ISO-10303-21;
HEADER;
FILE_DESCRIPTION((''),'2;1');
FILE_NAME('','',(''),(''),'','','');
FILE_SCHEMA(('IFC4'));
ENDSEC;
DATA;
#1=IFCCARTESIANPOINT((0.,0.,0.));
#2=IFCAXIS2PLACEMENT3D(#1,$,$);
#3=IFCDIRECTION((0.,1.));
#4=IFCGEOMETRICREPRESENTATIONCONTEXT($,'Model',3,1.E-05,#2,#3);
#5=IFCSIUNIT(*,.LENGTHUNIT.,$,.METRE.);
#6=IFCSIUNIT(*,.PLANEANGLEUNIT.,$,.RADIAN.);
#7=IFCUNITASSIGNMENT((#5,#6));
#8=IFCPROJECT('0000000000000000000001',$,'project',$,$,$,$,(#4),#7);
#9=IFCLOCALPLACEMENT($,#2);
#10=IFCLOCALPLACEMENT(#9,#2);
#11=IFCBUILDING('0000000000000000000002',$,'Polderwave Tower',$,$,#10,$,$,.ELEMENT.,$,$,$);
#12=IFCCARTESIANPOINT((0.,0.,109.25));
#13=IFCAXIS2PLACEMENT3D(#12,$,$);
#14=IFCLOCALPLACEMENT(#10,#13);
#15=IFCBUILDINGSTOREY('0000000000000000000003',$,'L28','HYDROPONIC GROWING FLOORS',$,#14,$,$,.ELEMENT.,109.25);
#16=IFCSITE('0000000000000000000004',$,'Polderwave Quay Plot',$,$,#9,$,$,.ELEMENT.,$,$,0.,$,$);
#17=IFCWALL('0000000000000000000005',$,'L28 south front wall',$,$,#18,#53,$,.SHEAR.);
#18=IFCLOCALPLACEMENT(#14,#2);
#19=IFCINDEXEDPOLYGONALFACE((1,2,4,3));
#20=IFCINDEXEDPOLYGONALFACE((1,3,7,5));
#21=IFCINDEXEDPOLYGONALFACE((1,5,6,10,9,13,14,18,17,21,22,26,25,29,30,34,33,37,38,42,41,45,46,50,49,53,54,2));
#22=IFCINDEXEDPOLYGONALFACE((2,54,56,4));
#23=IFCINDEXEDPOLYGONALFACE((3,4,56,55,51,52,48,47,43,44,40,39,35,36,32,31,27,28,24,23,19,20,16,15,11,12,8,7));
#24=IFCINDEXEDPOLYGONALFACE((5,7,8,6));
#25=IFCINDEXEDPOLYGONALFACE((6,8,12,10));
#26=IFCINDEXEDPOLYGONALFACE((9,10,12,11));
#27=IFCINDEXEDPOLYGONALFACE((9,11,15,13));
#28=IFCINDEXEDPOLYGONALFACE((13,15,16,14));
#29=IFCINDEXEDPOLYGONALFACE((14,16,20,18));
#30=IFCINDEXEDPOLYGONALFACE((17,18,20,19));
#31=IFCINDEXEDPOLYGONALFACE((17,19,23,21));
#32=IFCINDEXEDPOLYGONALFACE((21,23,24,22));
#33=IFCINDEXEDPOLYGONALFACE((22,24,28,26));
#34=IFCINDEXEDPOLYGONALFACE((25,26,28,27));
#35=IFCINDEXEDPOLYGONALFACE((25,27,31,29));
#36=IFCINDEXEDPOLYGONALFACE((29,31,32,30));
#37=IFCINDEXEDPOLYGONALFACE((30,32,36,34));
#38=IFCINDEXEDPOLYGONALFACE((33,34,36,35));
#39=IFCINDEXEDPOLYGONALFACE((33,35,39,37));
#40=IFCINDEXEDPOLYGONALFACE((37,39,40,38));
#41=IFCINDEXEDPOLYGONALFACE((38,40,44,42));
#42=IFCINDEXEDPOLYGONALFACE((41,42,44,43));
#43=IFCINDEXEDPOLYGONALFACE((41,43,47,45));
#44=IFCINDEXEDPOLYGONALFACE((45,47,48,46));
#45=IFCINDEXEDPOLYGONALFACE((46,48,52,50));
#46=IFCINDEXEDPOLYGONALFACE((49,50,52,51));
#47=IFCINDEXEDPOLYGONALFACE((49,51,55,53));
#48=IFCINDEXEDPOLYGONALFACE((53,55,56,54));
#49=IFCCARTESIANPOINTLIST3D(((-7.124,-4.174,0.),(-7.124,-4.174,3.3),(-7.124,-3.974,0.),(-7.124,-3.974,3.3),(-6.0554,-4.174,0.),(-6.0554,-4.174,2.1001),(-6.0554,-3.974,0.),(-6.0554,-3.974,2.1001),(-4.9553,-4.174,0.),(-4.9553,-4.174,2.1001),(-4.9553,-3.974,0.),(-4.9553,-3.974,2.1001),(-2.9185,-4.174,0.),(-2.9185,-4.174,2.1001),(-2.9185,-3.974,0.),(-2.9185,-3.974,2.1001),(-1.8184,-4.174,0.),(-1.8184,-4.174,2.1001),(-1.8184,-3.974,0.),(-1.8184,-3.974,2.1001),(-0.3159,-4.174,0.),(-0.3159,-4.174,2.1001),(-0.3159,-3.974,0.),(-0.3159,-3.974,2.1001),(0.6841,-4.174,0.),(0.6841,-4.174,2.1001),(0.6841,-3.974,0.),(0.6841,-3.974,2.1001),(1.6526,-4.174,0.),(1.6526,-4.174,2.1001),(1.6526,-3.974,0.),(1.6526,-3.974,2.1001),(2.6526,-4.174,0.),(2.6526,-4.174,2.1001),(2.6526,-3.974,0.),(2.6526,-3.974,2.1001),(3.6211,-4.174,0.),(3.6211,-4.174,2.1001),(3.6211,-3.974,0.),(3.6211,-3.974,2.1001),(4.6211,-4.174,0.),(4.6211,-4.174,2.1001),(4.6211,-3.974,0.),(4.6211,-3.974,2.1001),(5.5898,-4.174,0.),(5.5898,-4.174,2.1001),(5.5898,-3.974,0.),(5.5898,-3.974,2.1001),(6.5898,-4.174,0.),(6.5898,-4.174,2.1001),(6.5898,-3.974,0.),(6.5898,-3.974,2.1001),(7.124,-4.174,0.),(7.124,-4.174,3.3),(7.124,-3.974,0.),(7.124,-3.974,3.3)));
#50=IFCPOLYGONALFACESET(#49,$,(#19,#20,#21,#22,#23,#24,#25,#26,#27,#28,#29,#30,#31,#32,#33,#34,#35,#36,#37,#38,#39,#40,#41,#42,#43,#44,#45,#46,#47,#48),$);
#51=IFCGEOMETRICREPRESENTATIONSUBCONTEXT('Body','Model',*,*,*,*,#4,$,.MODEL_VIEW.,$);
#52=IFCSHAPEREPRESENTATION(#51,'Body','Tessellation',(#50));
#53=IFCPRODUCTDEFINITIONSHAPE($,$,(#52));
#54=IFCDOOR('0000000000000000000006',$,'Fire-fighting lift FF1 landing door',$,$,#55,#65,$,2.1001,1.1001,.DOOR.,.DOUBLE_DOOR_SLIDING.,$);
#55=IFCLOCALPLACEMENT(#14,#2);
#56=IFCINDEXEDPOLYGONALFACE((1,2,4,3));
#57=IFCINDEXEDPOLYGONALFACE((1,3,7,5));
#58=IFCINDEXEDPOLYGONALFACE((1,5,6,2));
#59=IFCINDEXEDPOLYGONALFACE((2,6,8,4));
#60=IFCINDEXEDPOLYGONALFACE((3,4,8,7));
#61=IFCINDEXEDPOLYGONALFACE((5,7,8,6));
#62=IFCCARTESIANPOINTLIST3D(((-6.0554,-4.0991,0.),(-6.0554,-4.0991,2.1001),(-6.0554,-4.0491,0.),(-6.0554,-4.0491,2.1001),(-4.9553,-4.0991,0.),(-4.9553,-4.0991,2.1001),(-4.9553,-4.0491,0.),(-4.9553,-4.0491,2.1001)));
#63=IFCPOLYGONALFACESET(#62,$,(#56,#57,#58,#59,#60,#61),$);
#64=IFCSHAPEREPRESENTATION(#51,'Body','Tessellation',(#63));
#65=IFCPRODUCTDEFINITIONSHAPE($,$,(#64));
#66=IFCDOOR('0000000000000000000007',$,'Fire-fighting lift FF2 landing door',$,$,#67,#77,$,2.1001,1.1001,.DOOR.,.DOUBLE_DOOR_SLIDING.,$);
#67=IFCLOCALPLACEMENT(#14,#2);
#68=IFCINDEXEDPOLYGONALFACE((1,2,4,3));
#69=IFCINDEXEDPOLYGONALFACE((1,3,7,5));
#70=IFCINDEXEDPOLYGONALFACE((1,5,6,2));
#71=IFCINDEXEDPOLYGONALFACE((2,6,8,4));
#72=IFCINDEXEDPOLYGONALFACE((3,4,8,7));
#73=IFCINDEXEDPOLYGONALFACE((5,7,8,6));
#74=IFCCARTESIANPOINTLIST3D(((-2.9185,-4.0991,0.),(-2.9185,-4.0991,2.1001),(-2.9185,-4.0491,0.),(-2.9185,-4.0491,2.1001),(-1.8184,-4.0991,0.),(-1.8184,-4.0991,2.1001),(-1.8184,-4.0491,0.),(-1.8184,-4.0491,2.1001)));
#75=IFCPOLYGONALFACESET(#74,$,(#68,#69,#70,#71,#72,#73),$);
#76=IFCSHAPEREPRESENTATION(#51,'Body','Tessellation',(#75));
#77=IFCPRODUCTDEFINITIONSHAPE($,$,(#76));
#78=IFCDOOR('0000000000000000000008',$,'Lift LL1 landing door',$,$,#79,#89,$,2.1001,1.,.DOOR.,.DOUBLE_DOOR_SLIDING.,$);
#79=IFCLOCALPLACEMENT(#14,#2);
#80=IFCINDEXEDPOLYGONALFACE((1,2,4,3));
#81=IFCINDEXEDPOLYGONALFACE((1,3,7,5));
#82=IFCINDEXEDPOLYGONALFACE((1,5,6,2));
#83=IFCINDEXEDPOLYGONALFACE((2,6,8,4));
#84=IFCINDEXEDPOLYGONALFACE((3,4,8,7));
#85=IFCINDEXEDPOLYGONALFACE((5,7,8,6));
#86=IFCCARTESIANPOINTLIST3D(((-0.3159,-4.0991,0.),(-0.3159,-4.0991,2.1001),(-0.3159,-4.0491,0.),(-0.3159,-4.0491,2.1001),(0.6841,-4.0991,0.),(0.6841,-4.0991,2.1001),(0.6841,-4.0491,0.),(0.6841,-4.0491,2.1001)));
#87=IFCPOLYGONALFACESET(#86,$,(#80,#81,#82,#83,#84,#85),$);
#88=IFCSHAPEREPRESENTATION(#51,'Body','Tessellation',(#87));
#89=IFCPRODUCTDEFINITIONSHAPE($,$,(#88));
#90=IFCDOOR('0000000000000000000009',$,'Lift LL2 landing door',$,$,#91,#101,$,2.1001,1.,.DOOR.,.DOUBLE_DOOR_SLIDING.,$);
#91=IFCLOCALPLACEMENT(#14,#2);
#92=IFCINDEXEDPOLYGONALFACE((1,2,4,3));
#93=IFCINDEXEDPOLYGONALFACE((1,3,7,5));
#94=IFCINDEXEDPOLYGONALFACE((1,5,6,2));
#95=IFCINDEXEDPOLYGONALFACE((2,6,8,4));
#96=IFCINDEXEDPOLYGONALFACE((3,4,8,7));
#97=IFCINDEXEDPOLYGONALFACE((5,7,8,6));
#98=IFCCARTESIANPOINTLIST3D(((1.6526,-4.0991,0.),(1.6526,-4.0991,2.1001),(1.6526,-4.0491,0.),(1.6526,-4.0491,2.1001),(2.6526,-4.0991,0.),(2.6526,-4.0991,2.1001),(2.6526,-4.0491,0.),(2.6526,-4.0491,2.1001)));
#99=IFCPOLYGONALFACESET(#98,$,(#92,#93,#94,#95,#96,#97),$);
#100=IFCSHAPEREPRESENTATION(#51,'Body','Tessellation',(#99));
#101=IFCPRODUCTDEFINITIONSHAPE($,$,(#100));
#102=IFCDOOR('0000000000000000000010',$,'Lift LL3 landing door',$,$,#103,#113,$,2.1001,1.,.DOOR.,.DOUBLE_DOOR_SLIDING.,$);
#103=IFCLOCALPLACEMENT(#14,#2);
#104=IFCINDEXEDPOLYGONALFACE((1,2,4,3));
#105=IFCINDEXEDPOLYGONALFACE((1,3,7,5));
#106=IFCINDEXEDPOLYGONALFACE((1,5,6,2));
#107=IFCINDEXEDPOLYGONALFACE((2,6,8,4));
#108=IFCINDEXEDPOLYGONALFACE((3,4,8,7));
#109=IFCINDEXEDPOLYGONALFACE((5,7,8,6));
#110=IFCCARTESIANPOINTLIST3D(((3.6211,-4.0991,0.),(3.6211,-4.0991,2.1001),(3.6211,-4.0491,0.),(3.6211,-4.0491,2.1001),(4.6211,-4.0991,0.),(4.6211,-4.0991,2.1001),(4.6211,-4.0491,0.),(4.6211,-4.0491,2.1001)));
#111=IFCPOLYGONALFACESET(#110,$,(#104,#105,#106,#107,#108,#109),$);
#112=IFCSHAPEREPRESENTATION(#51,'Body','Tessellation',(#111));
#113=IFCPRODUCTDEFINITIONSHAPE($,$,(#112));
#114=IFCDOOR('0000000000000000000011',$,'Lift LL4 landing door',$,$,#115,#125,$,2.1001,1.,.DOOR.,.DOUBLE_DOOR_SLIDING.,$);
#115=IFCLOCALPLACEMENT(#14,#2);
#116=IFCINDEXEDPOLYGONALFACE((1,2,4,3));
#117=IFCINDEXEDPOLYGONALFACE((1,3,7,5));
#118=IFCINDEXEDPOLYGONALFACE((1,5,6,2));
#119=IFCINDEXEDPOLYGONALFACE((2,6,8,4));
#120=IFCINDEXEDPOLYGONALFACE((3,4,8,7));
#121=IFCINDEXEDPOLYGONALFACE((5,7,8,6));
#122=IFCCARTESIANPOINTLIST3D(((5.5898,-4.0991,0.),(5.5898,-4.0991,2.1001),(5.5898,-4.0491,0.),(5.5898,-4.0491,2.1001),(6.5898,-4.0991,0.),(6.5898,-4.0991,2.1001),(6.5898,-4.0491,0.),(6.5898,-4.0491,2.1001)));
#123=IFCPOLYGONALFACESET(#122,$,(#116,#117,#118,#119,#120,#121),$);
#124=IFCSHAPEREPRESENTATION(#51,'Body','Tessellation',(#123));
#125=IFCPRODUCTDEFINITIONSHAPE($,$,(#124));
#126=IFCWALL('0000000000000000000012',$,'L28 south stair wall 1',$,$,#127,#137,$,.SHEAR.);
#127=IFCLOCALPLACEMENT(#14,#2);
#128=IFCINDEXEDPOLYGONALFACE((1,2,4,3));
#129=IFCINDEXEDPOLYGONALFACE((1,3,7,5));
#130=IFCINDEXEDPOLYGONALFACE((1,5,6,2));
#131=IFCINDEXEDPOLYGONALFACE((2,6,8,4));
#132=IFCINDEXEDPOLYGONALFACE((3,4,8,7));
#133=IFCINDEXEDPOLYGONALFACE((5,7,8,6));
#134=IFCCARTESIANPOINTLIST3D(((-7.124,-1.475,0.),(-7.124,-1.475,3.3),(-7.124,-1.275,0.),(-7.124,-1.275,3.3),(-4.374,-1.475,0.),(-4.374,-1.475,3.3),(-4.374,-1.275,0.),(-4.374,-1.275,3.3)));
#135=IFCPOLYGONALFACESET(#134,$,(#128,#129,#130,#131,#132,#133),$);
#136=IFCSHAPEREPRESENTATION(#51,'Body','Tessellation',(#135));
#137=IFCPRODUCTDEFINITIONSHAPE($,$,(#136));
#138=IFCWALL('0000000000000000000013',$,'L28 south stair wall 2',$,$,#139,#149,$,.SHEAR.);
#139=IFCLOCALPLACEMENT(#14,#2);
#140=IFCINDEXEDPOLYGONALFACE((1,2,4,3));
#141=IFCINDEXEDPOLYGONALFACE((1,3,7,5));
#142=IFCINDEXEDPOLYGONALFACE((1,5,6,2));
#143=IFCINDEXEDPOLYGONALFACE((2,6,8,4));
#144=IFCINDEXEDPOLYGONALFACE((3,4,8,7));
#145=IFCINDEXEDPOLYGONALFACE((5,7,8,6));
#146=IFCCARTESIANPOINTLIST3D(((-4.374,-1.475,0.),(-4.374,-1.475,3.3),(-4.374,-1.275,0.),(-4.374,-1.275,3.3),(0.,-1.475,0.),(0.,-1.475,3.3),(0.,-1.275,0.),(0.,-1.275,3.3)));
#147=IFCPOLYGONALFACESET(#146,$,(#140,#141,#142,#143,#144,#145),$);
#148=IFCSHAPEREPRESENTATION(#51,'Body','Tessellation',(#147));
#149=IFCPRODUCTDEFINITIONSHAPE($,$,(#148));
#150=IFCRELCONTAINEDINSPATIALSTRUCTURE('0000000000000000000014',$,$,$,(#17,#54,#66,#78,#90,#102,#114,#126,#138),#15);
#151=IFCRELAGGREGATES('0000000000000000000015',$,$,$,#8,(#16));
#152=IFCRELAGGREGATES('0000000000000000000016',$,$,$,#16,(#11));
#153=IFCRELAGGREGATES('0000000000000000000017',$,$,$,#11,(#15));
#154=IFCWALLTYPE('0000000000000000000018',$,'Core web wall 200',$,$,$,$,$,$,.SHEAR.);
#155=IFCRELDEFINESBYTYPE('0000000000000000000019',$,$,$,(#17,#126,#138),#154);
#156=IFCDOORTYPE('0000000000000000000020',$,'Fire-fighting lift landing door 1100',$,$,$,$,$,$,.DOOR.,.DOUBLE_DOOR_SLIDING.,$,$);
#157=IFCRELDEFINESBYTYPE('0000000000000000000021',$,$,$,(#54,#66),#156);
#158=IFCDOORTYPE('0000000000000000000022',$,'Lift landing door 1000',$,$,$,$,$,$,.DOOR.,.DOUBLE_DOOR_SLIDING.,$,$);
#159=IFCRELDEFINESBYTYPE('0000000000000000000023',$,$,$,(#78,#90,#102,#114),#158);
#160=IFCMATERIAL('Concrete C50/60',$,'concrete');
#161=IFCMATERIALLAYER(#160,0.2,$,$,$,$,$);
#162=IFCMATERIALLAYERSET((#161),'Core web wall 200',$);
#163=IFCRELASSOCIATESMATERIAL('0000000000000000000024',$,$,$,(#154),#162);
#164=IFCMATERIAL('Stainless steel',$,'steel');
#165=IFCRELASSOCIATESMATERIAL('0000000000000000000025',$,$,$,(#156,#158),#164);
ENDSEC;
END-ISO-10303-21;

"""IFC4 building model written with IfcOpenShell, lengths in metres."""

from ifc_helpers import new_model, si_unit, direction, frame, frame_2d, origin, place, context, subcontext, project, spatial, rectangle, extrude, material, layer, layer_set, type_object, element, fill, save


model = new_model("IFC4")

# Units and contexts
model_context = context("Model", 3, precision=1e-05, world=origin(), true_north=direction((0.0, 1.0)))
body_context = subcontext(model_context, "Body", "Model", "MODEL_VIEW")
ifc_project = project(units=[si_unit("LENGTHUNIT", "METRE"), si_unit("PLANEANGLEUNIT", "RADIAN")], contexts=[model_context])

# Site, building, storey
site_placement = place(None, origin())
site = spatial("IfcSite", under=ifc_project, at=site_placement, Name="Polderwave Quay Plot", CompositionType="ELEMENT", RefElevation=0.0)
building_placement = place(site_placement, origin())
building = spatial("IfcBuilding", under=site, at=building_placement, Name="Polderwave Tower", CompositionType="ELEMENT")
storey_placement = place(building_placement, frame((0.0, 0.0, 109.25)))
storey = spatial("IfcBuildingStorey", under=building, at=storey_placement, Name="L28", Description="HYDROPONIC GROWING FLOORS", CompositionType="ELEMENT", Elevation=109.25)

# Wall, openings, doors
ifc_material_1 = material(Name="Concrete C50/60", Category="concrete")
ifc_layer_1 = layer(ifc_material_1, 0.2)
ifc_layer_set_1 = layer_set([ifc_layer_1], Name="Core web wall 200")
wall_type_1 = type_object("IfcWallType", Name="Core web wall 200", PredefinedType="SHEAR", material=ifc_layer_set_1)
wall_1_placement = place(storey_placement, frame((-7.124, -4.074, 0.0), z_axis=(0.0, 0.0, 1.0), x_axis=(1.0, 0.0, 0.0)))
wall_1 = element("IfcWall", 1, at=wall_1_placement, inside=storey, type_object=wall_type_1, Name="L28 south front wall", PredefinedType="SHEAR", context=body_context, shape_type="SweptSolid", body=[
    extrude(rectangle(XDim=14.248, YDim=0.2, at=frame_2d((7.124, 0.0))), origin(), (0.0, 0.0, 1.0), 3.3),
])
opening_1_placement = place(wall_1_placement, frame((1.0686, 0.0, 0.0)))
opening_1 = element("IfcOpeningElement", 2, at=opening_1_placement, cuts=wall_1, PredefinedType="OPENING", context=body_context, shape_type="SweptSolid", body=[
    extrude(rectangle(XDim=1.1001, YDim=2.1001, at=frame_2d((0.55, 1.05))), frame((0.0, 0.1099, 0.0), z_axis=(0.0, -1.0, 0.0), x_axis=(1.0, 0.0, 0.0)), (0.0, 0.0, 1.0), 0.22),
])
opening_2_placement = place(wall_1_placement, frame((4.2056, 0.0, 0.0)))
opening_2 = element("IfcOpeningElement", 3, at=opening_2_placement, cuts=wall_1, PredefinedType="OPENING", context=body_context, shape_type="SweptSolid", body=[
    extrude(rectangle(XDim=1.1001, YDim=2.1001, at=frame_2d((0.55, 1.05))), frame((0.0, 0.1099, 0.0), z_axis=(0.0, -1.0, 0.0), x_axis=(1.0, 0.0, 0.0)), (0.0, 0.0, 1.0), 0.22),
])
opening_3_placement = place(wall_1_placement, frame((6.8081, 0.0, 0.0)))
opening_3 = element("IfcOpeningElement", 4, at=opening_3_placement, cuts=wall_1, PredefinedType="OPENING", context=body_context, shape_type="SweptSolid", body=[
    extrude(rectangle(XDim=1.0, YDim=2.1001, at=frame_2d((0.5, 1.05))), frame((0.0, 0.1099, 0.0), z_axis=(0.0, -1.0, 0.0), x_axis=(1.0, 0.0, 0.0)), (0.0, 0.0, 1.0), 0.22),
])
opening_4_placement = place(wall_1_placement, frame((8.7766, 0.0, 0.0)))
opening_4 = element("IfcOpeningElement", 5, at=opening_4_placement, cuts=wall_1, PredefinedType="OPENING", context=body_context, shape_type="SweptSolid", body=[
    extrude(rectangle(XDim=1.0, YDim=2.1001, at=frame_2d((0.5, 1.05))), frame((0.0, 0.1099, 0.0), z_axis=(0.0, -1.0, 0.0), x_axis=(1.0, 0.0, 0.0)), (0.0, 0.0, 1.0), 0.22),
])
opening_5_placement = place(wall_1_placement, frame((10.7451, 0.0, 0.0)))
opening_5 = element("IfcOpeningElement", 6, at=opening_5_placement, cuts=wall_1, PredefinedType="OPENING", context=body_context, shape_type="SweptSolid", body=[
    extrude(rectangle(XDim=1.0, YDim=2.1001, at=frame_2d((0.5, 1.05))), frame((0.0, 0.1099, 0.0), z_axis=(0.0, -1.0, 0.0), x_axis=(1.0, 0.0, 0.0)), (0.0, 0.0, 1.0), 0.22),
])
opening_6_placement = place(wall_1_placement, frame((12.7139, 0.0, 0.0)))
opening_6 = element("IfcOpeningElement", 7, at=opening_6_placement, cuts=wall_1, PredefinedType="OPENING", context=body_context, shape_type="SweptSolid", body=[
    extrude(rectangle(XDim=1.0, YDim=2.1001, at=frame_2d((0.5, 1.05))), frame((0.0, 0.1099, 0.0), z_axis=(0.0, -1.0, 0.0), x_axis=(1.0, 0.0, 0.0)), (0.0, 0.0, 1.0), 0.22),
])
ifc_material_2 = material(Name="Stainless steel", Category="steel")
door_type_1 = type_object("IfcDoorType", Name="Fire-fighting lift landing door 1100", OperationType="DOUBLE_DOOR_SLIDING", PredefinedType="DOOR", material=ifc_material_2)
door_1_placement = place(opening_1_placement, origin())
door_1 = element("IfcDoor", 8, at=door_1_placement, inside=storey, type_object=door_type_1, Name="Fire-fighting lift FF1 landing door", OperationType="DOUBLE_DOOR_SLIDING", OverallHeight=2.1001, OverallWidth=1.1001, PredefinedType="DOOR", context=body_context, shape_type="SweptSolid", body=[
    extrude(rectangle(XDim=1.1001, YDim=2.1001, at=frame_2d((0.55, 1.05))), frame((0.0, 0.0249, 0.0), z_axis=(0.0, -1.0, 0.0), x_axis=(1.0, 0.0, 0.0)), (0.0, 0.0, 1.0), 0.05),
])
fill(opening_1, door_1)
door_2_placement = place(opening_2_placement, origin())
door_2 = element("IfcDoor", 9, at=door_2_placement, inside=storey, type_object=door_type_1, Name="Fire-fighting lift FF2 landing door", OperationType="DOUBLE_DOOR_SLIDING", OverallHeight=2.1001, OverallWidth=1.1001, PredefinedType="DOOR", context=body_context, shape_type="SweptSolid", body=[
    extrude(rectangle(XDim=1.1001, YDim=2.1001, at=frame_2d((0.55, 1.05))), frame((0.0, 0.0249, 0.0), z_axis=(0.0, -1.0, 0.0), x_axis=(1.0, 0.0, 0.0)), (0.0, 0.0, 1.0), 0.05),
])
fill(opening_2, door_2)
door_type_2 = type_object("IfcDoorType", Name="Lift landing door 1000", OperationType="DOUBLE_DOOR_SLIDING", PredefinedType="DOOR", material=ifc_material_2)
door_3_placement = place(opening_3_placement, origin())
door_3 = element("IfcDoor", 10, at=door_3_placement, inside=storey, type_object=door_type_2, Name="Lift LL1 landing door", OperationType="DOUBLE_DOOR_SLIDING", OverallHeight=2.1001, OverallWidth=1.0, PredefinedType="DOOR", context=body_context, shape_type="SweptSolid", body=[
    extrude(rectangle(XDim=1.0, YDim=2.1001, at=frame_2d((0.5, 1.05))), frame((0.0, 0.0249, 0.0), z_axis=(0.0, -1.0, 0.0), x_axis=(1.0, 0.0, 0.0)), (0.0, 0.0, 1.0), 0.05),
])
fill(opening_3, door_3)
door_4_placement = place(opening_4_placement, origin())
door_4 = element("IfcDoor", 11, at=door_4_placement, inside=storey, type_object=door_type_2, Name="Lift LL2 landing door", OperationType="DOUBLE_DOOR_SLIDING", OverallHeight=2.1001, OverallWidth=1.0, PredefinedType="DOOR", context=body_context, shape_type="SweptSolid", body=[
    extrude(rectangle(XDim=1.0, YDim=2.1001, at=frame_2d((0.5, 1.05))), frame((0.0, 0.0249, 0.0), z_axis=(0.0, -1.0, 0.0), x_axis=(1.0, 0.0, 0.0)), (0.0, 0.0, 1.0), 0.05),
])
fill(opening_4, door_4)
door_5_placement = place(opening_5_placement, origin())
door_5 = element("IfcDoor", 12, at=door_5_placement, inside=storey, type_object=door_type_2, Name="Lift LL3 landing door", OperationType="DOUBLE_DOOR_SLIDING", OverallHeight=2.1001, OverallWidth=1.0, PredefinedType="DOOR", context=body_context, shape_type="SweptSolid", body=[
    extrude(rectangle(XDim=1.0, YDim=2.1001, at=frame_2d((0.5, 1.05))), frame((0.0, 0.0249, 0.0), z_axis=(0.0, -1.0, 0.0), x_axis=(1.0, 0.0, 0.0)), (0.0, 0.0, 1.0), 0.05),
])
fill(opening_5, door_5)
door_6_placement = place(opening_6_placement, origin())
door_6 = element("IfcDoor", 13, at=door_6_placement, inside=storey, type_object=door_type_2, Name="Lift LL4 landing door", OperationType="DOUBLE_DOOR_SLIDING", OverallHeight=2.1001, OverallWidth=1.0, PredefinedType="DOOR", context=body_context, shape_type="SweptSolid", body=[
    extrude(rectangle(XDim=1.0, YDim=2.1001, at=frame_2d((0.5, 1.05))), frame((0.0, 0.0249, 0.0), z_axis=(0.0, -1.0, 0.0), x_axis=(1.0, 0.0, 0.0)), (0.0, 0.0, 1.0), 0.05),
])
fill(opening_6, door_6)

# Walls
wall_2_placement = place(storey_placement, frame((-7.124, -1.375, 0.0), z_axis=(0.0, 0.0, 1.0), x_axis=(1.0, 0.0, 0.0)))
element("IfcWall", 14, at=wall_2_placement, inside=storey, type_object=wall_type_1, Name="L28 south stair wall 1", PredefinedType="SHEAR", context=body_context, shape_type="SweptSolid", body=[
    extrude(rectangle(XDim=2.75, YDim=0.2, at=frame_2d((1.375, 0.0))), origin(), (0.0, 0.0, 1.0), 3.3),
])
wall_3_placement = place(storey_placement, frame((-4.374, -1.375, 0.0), z_axis=(0.0, 0.0, 1.0), x_axis=(1.0, 0.0, 0.0)))
element("IfcWall", 15, at=wall_3_placement, inside=storey, type_object=wall_type_1, Name="L28 south stair wall 2", PredefinedType="SHEAR", context=body_context, shape_type="SweptSolid", body=[
    extrude(rectangle(XDim=4.374, YDim=0.2, at=frame_2d((2.187, 0.0))), origin(), (0.0, 0.0, 1.0), 3.3),
])

save(model, "model.ifc")
